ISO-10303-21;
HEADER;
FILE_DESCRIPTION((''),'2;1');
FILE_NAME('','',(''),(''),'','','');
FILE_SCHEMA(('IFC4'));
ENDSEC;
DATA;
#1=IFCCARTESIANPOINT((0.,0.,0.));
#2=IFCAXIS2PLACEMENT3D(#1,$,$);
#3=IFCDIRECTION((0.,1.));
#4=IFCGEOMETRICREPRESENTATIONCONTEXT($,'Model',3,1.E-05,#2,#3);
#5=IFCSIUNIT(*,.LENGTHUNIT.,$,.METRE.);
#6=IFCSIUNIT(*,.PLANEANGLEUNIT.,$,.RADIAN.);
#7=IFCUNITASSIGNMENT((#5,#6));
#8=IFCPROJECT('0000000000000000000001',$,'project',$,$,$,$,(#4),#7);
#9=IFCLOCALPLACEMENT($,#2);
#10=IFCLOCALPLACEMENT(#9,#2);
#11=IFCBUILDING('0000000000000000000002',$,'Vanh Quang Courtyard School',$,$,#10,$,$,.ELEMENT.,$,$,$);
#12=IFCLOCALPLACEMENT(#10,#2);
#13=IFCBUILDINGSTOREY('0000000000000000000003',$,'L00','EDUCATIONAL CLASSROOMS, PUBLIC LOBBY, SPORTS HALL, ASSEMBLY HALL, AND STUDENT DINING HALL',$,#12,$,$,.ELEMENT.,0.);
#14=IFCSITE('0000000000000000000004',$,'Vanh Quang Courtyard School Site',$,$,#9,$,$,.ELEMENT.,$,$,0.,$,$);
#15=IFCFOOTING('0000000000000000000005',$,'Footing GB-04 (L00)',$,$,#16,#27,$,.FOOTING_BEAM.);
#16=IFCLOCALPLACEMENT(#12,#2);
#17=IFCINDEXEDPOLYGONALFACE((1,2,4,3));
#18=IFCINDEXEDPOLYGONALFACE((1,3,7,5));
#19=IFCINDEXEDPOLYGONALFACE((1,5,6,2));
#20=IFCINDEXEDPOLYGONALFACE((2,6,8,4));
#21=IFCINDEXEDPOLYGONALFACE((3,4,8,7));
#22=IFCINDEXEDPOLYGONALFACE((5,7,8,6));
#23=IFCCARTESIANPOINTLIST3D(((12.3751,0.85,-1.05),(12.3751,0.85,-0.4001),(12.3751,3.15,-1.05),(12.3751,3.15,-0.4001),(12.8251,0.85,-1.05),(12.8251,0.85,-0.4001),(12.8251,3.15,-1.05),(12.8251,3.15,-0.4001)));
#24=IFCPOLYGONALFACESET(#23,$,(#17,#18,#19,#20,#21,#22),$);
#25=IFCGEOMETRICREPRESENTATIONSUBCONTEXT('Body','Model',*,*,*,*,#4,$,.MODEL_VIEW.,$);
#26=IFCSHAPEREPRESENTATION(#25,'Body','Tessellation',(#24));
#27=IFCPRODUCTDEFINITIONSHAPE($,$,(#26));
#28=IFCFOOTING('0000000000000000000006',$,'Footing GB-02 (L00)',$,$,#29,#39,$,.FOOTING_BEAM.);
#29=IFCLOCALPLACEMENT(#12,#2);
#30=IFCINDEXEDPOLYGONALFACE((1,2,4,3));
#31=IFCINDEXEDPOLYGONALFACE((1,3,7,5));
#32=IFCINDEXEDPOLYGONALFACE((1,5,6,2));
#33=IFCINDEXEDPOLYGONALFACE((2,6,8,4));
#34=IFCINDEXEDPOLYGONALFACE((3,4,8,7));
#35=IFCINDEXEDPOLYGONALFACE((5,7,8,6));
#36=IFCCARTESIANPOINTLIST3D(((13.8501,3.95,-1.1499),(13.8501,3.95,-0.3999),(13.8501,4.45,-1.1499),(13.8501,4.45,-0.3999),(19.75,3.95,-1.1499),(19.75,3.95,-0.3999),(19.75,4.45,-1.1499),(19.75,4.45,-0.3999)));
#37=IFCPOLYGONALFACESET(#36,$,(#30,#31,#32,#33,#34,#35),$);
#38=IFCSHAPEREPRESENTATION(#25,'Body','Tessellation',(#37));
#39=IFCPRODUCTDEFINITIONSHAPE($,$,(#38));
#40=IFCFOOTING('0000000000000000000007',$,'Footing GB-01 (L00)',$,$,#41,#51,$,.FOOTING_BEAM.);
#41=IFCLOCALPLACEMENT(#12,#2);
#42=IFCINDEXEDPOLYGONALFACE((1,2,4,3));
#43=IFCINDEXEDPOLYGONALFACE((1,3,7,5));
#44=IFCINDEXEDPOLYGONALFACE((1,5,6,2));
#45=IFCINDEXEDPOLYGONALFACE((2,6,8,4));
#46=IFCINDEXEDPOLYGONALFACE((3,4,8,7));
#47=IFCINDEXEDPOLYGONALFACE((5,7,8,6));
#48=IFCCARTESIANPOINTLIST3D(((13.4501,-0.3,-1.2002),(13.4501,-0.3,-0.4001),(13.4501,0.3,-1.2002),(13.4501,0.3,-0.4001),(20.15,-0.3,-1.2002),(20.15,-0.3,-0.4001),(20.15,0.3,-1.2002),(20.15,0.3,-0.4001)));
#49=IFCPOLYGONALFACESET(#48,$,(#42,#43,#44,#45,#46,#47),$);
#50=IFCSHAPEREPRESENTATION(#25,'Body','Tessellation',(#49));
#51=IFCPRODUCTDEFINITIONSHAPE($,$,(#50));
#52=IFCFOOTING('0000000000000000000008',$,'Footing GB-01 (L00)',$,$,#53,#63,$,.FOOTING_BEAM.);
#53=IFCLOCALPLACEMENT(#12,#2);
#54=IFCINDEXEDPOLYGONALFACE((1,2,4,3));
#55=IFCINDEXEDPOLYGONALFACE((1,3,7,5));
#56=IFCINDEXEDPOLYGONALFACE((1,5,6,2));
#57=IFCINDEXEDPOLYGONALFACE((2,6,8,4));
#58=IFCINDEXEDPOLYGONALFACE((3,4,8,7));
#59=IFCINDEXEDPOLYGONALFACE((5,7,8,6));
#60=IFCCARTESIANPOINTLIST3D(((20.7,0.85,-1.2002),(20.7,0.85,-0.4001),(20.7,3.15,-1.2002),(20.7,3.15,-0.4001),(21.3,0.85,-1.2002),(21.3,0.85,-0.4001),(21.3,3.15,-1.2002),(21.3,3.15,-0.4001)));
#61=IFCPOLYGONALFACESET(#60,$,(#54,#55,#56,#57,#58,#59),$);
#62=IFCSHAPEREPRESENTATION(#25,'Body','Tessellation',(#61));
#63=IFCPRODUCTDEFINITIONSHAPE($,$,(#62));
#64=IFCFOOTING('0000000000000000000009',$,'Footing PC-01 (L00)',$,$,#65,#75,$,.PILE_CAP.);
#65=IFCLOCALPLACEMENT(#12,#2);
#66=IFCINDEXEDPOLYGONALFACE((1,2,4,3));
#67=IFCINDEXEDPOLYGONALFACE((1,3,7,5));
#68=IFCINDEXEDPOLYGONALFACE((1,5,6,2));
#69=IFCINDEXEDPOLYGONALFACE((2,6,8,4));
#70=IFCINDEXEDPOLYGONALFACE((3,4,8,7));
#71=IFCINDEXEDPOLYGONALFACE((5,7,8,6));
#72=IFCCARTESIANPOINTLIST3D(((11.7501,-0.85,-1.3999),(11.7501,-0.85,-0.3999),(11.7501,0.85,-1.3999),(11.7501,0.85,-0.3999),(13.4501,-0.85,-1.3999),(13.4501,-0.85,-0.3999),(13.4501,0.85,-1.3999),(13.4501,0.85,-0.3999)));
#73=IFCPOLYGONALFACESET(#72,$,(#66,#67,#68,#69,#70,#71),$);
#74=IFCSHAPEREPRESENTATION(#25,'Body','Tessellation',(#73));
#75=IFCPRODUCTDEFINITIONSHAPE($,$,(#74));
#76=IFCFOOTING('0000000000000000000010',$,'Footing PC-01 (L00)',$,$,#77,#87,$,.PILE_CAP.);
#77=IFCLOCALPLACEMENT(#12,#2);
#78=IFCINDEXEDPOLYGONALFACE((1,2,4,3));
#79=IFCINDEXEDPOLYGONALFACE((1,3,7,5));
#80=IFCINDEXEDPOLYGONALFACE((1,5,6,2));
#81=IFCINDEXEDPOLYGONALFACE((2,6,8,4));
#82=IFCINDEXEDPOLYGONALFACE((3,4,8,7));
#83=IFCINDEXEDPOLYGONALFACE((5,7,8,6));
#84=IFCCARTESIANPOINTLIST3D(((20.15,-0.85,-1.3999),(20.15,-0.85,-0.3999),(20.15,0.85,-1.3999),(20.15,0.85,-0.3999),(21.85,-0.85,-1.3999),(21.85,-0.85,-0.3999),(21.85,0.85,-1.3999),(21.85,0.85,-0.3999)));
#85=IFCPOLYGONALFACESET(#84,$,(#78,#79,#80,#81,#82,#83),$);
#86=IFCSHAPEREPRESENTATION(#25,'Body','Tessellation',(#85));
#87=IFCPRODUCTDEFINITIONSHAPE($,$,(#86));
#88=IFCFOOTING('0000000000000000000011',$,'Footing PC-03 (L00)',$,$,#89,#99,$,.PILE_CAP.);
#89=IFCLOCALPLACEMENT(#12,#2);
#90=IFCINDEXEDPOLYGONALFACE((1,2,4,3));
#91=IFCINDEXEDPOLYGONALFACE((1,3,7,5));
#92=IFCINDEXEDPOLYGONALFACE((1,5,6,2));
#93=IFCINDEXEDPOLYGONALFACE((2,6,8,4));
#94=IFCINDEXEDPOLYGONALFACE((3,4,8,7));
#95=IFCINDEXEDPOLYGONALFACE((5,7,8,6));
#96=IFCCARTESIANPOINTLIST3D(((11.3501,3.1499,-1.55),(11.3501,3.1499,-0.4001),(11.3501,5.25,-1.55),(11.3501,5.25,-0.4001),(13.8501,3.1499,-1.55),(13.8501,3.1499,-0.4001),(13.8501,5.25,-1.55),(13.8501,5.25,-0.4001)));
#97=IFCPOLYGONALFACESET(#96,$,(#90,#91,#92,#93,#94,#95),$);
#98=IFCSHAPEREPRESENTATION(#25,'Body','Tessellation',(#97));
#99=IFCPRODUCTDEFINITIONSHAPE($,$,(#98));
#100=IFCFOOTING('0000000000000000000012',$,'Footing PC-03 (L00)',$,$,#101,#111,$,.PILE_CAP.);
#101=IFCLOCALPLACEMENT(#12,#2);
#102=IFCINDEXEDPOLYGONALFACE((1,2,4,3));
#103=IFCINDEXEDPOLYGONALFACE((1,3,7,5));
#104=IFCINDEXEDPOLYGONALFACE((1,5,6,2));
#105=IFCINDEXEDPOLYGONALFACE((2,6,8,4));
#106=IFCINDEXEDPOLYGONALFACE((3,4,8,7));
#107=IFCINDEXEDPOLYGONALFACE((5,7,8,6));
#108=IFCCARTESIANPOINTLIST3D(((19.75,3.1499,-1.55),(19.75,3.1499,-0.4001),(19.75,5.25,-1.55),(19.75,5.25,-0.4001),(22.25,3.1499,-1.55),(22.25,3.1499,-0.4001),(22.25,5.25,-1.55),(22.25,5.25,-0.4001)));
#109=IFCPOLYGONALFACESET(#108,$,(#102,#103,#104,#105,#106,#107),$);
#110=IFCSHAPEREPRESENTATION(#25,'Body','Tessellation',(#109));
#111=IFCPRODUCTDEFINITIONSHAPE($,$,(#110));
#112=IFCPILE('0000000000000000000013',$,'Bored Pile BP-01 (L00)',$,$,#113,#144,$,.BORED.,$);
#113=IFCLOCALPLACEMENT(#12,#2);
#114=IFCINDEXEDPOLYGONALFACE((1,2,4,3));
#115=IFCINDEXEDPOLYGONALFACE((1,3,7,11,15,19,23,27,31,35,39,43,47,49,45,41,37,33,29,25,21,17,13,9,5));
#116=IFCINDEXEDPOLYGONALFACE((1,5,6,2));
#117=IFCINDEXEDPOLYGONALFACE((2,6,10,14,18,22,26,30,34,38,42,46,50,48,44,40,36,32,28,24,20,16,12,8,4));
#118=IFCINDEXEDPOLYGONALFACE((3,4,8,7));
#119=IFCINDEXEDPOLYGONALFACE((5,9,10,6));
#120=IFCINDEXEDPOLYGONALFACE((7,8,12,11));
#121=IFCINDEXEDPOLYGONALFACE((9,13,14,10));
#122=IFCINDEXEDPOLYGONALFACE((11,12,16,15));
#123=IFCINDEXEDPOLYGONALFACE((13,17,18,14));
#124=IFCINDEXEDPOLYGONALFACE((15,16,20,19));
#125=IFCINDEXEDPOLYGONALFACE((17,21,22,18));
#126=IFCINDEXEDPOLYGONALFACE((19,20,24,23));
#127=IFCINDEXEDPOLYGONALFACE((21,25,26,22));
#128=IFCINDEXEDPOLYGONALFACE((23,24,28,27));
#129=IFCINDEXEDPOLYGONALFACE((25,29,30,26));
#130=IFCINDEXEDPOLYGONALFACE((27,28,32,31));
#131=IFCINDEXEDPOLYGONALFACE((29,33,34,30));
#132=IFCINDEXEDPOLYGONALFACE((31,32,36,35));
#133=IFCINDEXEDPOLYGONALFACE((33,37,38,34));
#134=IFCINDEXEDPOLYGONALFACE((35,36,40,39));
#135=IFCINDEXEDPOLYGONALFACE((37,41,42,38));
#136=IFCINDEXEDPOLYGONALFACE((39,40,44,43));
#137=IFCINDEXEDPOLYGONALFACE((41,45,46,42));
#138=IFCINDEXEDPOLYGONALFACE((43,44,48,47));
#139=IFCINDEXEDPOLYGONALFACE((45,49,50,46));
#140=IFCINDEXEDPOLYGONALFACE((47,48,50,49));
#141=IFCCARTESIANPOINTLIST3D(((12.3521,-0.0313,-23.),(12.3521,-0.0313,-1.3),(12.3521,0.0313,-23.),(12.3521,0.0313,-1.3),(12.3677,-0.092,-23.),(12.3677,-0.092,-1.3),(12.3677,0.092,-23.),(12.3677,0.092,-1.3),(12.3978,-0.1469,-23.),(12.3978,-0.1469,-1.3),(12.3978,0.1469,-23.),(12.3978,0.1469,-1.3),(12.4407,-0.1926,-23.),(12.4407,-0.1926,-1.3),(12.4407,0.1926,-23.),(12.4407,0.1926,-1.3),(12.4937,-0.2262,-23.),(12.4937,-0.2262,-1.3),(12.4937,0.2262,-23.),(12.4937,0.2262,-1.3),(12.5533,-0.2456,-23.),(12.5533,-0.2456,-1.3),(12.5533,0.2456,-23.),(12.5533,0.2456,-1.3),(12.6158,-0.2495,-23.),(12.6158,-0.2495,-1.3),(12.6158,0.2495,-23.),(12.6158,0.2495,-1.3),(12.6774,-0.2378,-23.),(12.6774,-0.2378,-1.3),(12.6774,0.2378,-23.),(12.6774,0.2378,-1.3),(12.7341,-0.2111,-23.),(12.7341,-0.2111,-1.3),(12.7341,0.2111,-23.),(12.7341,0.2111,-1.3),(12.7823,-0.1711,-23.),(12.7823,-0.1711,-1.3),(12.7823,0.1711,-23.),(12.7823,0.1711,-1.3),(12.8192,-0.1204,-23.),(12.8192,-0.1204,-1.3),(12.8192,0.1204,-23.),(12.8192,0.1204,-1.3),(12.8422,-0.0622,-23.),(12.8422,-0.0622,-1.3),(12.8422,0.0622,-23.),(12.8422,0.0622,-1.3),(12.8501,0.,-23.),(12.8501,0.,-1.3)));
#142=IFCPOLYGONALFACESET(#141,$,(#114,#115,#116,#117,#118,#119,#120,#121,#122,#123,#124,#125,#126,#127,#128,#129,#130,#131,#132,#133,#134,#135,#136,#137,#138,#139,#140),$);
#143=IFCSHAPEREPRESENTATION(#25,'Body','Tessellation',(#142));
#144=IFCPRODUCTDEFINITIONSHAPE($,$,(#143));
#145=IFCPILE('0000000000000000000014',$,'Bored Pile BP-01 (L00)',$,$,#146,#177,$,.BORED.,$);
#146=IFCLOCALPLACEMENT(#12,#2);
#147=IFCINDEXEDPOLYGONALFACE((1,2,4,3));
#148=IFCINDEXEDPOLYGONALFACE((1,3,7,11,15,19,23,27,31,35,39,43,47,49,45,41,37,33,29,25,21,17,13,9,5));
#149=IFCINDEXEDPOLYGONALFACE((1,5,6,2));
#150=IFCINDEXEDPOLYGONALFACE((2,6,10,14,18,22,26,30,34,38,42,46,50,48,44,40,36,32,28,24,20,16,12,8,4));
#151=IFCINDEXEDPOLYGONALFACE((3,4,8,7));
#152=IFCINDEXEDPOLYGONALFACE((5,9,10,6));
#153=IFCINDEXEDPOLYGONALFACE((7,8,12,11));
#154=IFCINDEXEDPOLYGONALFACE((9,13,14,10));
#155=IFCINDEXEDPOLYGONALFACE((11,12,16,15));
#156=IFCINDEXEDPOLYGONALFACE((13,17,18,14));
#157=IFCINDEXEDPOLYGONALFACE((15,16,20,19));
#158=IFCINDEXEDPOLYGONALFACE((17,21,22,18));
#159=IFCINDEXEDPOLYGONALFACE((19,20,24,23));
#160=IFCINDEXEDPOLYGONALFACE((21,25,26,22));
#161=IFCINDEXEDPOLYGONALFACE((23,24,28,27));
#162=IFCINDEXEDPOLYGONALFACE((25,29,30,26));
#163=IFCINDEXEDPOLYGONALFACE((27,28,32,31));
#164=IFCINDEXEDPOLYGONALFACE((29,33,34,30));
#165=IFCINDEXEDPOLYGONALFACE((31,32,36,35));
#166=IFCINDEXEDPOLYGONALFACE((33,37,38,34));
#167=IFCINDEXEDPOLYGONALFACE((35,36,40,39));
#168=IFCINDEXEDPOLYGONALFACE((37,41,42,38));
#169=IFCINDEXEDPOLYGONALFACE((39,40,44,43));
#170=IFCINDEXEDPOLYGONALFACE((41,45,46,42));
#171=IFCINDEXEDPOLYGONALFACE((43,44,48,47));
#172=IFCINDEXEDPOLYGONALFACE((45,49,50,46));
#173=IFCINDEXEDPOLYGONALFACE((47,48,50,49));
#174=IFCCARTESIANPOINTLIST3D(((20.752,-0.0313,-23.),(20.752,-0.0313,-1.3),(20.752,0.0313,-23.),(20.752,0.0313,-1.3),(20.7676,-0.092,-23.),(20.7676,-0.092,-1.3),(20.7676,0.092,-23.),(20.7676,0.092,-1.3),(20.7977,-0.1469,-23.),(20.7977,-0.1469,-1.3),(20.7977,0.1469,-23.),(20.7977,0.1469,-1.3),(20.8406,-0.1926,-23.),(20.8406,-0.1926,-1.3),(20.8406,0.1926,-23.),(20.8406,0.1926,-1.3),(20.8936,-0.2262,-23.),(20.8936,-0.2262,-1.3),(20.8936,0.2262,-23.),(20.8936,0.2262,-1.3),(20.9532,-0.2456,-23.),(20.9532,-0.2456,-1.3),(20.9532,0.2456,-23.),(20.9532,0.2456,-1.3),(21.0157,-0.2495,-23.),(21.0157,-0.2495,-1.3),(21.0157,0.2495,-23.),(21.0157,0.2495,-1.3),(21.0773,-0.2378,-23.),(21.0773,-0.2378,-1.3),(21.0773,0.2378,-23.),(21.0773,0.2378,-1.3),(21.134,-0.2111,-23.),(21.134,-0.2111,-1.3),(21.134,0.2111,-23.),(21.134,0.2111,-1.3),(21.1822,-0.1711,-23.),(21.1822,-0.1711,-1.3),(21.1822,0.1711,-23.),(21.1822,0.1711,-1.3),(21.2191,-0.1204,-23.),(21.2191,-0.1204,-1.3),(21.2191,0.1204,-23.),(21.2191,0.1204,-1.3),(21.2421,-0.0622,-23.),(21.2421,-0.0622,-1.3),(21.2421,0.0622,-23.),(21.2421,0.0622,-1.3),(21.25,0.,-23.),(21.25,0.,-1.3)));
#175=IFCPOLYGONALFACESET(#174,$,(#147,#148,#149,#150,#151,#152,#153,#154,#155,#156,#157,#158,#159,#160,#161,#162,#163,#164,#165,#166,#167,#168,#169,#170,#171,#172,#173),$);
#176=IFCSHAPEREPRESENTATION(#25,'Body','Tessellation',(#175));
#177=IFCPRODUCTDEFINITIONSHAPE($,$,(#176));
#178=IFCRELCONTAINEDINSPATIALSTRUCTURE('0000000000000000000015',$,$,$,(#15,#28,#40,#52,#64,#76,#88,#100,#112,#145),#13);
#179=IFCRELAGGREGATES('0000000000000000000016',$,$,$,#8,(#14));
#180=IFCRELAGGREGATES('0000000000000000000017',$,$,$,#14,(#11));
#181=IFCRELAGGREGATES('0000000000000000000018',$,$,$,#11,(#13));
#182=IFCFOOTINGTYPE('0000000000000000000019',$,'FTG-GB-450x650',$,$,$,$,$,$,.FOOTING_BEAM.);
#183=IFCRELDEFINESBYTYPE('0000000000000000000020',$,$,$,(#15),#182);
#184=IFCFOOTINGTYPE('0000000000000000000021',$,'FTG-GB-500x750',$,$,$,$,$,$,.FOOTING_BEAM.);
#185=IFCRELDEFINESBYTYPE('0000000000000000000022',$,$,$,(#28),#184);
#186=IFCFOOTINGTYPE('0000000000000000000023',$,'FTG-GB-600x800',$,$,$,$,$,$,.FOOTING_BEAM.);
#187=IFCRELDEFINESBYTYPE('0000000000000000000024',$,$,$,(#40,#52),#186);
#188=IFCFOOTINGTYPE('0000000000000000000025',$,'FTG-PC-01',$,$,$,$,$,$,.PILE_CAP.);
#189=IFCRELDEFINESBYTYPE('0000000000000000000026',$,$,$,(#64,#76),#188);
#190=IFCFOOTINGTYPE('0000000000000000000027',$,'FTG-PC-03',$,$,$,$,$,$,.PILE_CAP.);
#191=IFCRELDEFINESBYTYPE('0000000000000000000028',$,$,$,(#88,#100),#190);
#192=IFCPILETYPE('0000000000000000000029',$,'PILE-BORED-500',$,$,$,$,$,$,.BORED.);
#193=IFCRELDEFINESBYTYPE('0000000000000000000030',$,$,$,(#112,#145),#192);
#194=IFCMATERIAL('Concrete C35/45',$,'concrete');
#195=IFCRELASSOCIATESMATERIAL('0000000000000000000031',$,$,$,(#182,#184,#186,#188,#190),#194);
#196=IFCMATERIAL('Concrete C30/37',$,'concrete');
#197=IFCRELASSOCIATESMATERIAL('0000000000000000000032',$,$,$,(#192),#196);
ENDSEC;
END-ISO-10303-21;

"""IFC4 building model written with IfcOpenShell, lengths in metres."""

from ifc_helpers import new_model, si_unit, direction, frame, origin, origin_2d, place, context, subcontext, project, spatial, rectangle, circle, extrude, material, material_profile, profile_set, type_object, element, save


model = new_model("IFC4")

# Units and contexts
model_context = context("Model", 3, precision=1e-05, world=origin(), true_north=direction((0.0, 1.0)))
body_context = subcontext(model_context, "Body", "Model", "MODEL_VIEW")
ifc_project = project(units=[si_unit("LENGTHUNIT", "METRE"), si_unit("PLANEANGLEUNIT", "RADIAN")], contexts=[model_context])

# Site, building, storey
site_placement = place(None, origin())
site = spatial("IfcSite", under=ifc_project, at=site_placement, Name="Vanh Quang Courtyard School Site", CompositionType="ELEMENT", RefElevation=0.0)
building_placement = place(site_placement, origin())
building = spatial("IfcBuilding", under=site, at=building_placement, Name="Vanh Quang Courtyard School", CompositionType="ELEMENT")
storey_placement = place(building_placement, origin())
storey = spatial("IfcBuildingStorey", under=building, at=storey_placement, Name="L00", Description="EDUCATIONAL CLASSROOMS, PUBLIC LOBBY, SPORTS HALL, ASSEMBLY HALL, AND STUDENT DINING HALL", CompositionType="ELEMENT", Elevation=0.0)

# Footings
ifc_material_1 = material(Name="Concrete C35/45", Category="concrete")
footing_type_1 = type_object("IfcFootingType", Name="FTG-GB-450x650", PredefinedType="FOOTING_BEAM", material=ifc_material_1)
footing_1_placement = place(storey_placement, frame((12.6001, 2.0, -1.05), z_axis=(0.0, 0.0, 1.0), x_axis=(0.0, 1.0, 0.0)))
element("IfcFooting", 1, at=footing_1_placement, inside=storey, type_object=footing_type_1, Name="Footing GB-04 (L00)", PredefinedType="FOOTING_BEAM", context=body_context, shape_type="SweptSolid", body=[
    extrude(rectangle(XDim=2.3, YDim=0.45, at=origin_2d()), origin(), (0.0, 0.0, 1.0), 0.6499),
])
footing_type_2 = type_object("IfcFootingType", Name="FTG-GB-500x750", PredefinedType="FOOTING_BEAM", material=ifc_material_1)
footing_2_placement = place(storey_placement, frame((16.8, 4.2, -1.1499), z_axis=(0.0, 0.0, 1.0), x_axis=(1.0, 0.0, 0.0)))
element("IfcFooting", 2, at=footing_2_placement, inside=storey, type_object=footing_type_2, Name="Footing GB-02 (L00)", PredefinedType="FOOTING_BEAM", context=body_context, shape_type="SweptSolid", body=[
    extrude(rectangle(XDim=5.8999, YDim=0.5, at=origin_2d()), origin(), (0.0, 0.0, 1.0), 0.75),
])
footing_type_3 = type_object("IfcFootingType", Name="FTG-GB-600x800", PredefinedType="FOOTING_BEAM", material=ifc_material_1)
footing_3_placement = place(storey_placement, frame((16.8, 0.0, -1.2002), z_axis=(0.0, 0.0, 1.0), x_axis=(1.0, 0.0, 0.0)))
element("IfcFooting", 3, at=footing_3_placement, inside=storey, type_object=footing_type_3, Name="Footing GB-01 (L00)", PredefinedType="FOOTING_BEAM", context=body_context, shape_type="SweptSolid", body=[
    extrude(rectangle(XDim=6.7, YDim=0.6001, at=origin_2d()), origin(), (0.0, 0.0, 1.0), 0.8),
])
footing_4_placement = place(storey_placement, frame((21.0, 2.0, -1.2002), z_axis=(0.0, 0.0, 1.0), x_axis=(0.0, 1.0, 0.0)))
element("IfcFooting", 4, at=footing_4_placement, inside=storey, type_object=footing_type_3, Name="Footing GB-01 (L00)", PredefinedType="FOOTING_BEAM", context=body_context, shape_type="SweptSolid", body=[
    extrude(rectangle(XDim=2.3, YDim=0.6001, at=origin_2d()), origin(), (0.0, 0.0, 1.0), 0.8),
])
footing_type_4 = type_object("IfcFootingType", Name="FTG-PC-01", PredefinedType="PILE_CAP", material=ifc_material_1)
for number, where, z_axis, x_axis, name in (
    (5, (12.6001, 0.0, -1.3999), (0.0, 0.0, 1.0), (1.0, 0.0, 0.0), "Footing PC-01 (L00)"),
    (6, (21.0, 0.0, -1.3999), (0.0, 0.0, 1.0), (1.0, 0.0, 0.0), "Footing PC-01 (L00)"),
):
    element("IfcFooting", number, at=place(storey_placement, frame(where, z_axis=z_axis, x_axis=x_axis)), inside=storey, type_object=footing_type_4, Name=name, PredefinedType="PILE_CAP", context=body_context, shape_type="SweptSolid", body=[
        extrude(rectangle(XDim=1.7, YDim=1.7, at=origin_2d()), origin(), (0.0, 0.0, 1.0), 1.0),
    ])
footing_type_5 = type_object("IfcFootingType", Name="FTG-PC-03", PredefinedType="PILE_CAP", material=ifc_material_1)
for number, where, z_axis, x_axis, name in (
    (7, (12.6001, 4.2, -1.55), (0.0, 0.0, 1.0), (1.0, 0.0, 0.0), "Footing PC-03 (L00)"),
    (8, (21.0, 4.2, -1.55), (0.0, 0.0, 1.0), (1.0, 0.0, 0.0), "Footing PC-03 (L00)"),
):
    element("IfcFooting", number, at=place(storey_placement, frame(where, z_axis=z_axis, x_axis=x_axis)), inside=storey, type_object=footing_type_5, Name=name, PredefinedType="PILE_CAP", context=body_context, shape_type="SweptSolid", body=[
        extrude(rectangle(XDim=2.5, YDim=2.1001, at=origin_2d()), origin(), (0.0, 0.0, 1.0), 1.1499),
    ])

# Piles
ifc_material_2 = material(Name="Concrete C30/37", Category="concrete")
ifc_material_profile_1 = material_profile(ifc_material_2, circle(Radius=0.25, at=origin_2d()), Name="PILE D500")
ifc_profile_set_1 = profile_set([ifc_material_profile_1], Name="Concrete C30/37")
pile_type_1 = type_object("IfcPileType", Name="PILE-BORED-500", PredefinedType="BORED", material=ifc_profile_set_1)
for number, where, z_axis, x_axis, name in (
    (9, (12.6001, 0.0, -1.3), (0.0, 0.0, -1.0), (1.0, 0.0, 0.0), "Bored Pile BP-01 (L00)"),
    (10, (21.0, 0.0, -1.3), (0.0, 0.0, -1.0), (1.0, 0.0, 0.0), "Bored Pile BP-01 (L00)"),
):
    element("IfcPile", number, at=place(storey_placement, frame(where, z_axis=z_axis, x_axis=x_axis)), inside=storey, type_object=pile_type_1, Name=name, PredefinedType="BORED", context=body_context, shape_type="SweptSolid", body=[
        extrude(circle(Radius=0.25, at=origin_2d()), origin(), (0.0, 0.0, 1.0), 21.7),
    ])

save(model, "model.ifc")
